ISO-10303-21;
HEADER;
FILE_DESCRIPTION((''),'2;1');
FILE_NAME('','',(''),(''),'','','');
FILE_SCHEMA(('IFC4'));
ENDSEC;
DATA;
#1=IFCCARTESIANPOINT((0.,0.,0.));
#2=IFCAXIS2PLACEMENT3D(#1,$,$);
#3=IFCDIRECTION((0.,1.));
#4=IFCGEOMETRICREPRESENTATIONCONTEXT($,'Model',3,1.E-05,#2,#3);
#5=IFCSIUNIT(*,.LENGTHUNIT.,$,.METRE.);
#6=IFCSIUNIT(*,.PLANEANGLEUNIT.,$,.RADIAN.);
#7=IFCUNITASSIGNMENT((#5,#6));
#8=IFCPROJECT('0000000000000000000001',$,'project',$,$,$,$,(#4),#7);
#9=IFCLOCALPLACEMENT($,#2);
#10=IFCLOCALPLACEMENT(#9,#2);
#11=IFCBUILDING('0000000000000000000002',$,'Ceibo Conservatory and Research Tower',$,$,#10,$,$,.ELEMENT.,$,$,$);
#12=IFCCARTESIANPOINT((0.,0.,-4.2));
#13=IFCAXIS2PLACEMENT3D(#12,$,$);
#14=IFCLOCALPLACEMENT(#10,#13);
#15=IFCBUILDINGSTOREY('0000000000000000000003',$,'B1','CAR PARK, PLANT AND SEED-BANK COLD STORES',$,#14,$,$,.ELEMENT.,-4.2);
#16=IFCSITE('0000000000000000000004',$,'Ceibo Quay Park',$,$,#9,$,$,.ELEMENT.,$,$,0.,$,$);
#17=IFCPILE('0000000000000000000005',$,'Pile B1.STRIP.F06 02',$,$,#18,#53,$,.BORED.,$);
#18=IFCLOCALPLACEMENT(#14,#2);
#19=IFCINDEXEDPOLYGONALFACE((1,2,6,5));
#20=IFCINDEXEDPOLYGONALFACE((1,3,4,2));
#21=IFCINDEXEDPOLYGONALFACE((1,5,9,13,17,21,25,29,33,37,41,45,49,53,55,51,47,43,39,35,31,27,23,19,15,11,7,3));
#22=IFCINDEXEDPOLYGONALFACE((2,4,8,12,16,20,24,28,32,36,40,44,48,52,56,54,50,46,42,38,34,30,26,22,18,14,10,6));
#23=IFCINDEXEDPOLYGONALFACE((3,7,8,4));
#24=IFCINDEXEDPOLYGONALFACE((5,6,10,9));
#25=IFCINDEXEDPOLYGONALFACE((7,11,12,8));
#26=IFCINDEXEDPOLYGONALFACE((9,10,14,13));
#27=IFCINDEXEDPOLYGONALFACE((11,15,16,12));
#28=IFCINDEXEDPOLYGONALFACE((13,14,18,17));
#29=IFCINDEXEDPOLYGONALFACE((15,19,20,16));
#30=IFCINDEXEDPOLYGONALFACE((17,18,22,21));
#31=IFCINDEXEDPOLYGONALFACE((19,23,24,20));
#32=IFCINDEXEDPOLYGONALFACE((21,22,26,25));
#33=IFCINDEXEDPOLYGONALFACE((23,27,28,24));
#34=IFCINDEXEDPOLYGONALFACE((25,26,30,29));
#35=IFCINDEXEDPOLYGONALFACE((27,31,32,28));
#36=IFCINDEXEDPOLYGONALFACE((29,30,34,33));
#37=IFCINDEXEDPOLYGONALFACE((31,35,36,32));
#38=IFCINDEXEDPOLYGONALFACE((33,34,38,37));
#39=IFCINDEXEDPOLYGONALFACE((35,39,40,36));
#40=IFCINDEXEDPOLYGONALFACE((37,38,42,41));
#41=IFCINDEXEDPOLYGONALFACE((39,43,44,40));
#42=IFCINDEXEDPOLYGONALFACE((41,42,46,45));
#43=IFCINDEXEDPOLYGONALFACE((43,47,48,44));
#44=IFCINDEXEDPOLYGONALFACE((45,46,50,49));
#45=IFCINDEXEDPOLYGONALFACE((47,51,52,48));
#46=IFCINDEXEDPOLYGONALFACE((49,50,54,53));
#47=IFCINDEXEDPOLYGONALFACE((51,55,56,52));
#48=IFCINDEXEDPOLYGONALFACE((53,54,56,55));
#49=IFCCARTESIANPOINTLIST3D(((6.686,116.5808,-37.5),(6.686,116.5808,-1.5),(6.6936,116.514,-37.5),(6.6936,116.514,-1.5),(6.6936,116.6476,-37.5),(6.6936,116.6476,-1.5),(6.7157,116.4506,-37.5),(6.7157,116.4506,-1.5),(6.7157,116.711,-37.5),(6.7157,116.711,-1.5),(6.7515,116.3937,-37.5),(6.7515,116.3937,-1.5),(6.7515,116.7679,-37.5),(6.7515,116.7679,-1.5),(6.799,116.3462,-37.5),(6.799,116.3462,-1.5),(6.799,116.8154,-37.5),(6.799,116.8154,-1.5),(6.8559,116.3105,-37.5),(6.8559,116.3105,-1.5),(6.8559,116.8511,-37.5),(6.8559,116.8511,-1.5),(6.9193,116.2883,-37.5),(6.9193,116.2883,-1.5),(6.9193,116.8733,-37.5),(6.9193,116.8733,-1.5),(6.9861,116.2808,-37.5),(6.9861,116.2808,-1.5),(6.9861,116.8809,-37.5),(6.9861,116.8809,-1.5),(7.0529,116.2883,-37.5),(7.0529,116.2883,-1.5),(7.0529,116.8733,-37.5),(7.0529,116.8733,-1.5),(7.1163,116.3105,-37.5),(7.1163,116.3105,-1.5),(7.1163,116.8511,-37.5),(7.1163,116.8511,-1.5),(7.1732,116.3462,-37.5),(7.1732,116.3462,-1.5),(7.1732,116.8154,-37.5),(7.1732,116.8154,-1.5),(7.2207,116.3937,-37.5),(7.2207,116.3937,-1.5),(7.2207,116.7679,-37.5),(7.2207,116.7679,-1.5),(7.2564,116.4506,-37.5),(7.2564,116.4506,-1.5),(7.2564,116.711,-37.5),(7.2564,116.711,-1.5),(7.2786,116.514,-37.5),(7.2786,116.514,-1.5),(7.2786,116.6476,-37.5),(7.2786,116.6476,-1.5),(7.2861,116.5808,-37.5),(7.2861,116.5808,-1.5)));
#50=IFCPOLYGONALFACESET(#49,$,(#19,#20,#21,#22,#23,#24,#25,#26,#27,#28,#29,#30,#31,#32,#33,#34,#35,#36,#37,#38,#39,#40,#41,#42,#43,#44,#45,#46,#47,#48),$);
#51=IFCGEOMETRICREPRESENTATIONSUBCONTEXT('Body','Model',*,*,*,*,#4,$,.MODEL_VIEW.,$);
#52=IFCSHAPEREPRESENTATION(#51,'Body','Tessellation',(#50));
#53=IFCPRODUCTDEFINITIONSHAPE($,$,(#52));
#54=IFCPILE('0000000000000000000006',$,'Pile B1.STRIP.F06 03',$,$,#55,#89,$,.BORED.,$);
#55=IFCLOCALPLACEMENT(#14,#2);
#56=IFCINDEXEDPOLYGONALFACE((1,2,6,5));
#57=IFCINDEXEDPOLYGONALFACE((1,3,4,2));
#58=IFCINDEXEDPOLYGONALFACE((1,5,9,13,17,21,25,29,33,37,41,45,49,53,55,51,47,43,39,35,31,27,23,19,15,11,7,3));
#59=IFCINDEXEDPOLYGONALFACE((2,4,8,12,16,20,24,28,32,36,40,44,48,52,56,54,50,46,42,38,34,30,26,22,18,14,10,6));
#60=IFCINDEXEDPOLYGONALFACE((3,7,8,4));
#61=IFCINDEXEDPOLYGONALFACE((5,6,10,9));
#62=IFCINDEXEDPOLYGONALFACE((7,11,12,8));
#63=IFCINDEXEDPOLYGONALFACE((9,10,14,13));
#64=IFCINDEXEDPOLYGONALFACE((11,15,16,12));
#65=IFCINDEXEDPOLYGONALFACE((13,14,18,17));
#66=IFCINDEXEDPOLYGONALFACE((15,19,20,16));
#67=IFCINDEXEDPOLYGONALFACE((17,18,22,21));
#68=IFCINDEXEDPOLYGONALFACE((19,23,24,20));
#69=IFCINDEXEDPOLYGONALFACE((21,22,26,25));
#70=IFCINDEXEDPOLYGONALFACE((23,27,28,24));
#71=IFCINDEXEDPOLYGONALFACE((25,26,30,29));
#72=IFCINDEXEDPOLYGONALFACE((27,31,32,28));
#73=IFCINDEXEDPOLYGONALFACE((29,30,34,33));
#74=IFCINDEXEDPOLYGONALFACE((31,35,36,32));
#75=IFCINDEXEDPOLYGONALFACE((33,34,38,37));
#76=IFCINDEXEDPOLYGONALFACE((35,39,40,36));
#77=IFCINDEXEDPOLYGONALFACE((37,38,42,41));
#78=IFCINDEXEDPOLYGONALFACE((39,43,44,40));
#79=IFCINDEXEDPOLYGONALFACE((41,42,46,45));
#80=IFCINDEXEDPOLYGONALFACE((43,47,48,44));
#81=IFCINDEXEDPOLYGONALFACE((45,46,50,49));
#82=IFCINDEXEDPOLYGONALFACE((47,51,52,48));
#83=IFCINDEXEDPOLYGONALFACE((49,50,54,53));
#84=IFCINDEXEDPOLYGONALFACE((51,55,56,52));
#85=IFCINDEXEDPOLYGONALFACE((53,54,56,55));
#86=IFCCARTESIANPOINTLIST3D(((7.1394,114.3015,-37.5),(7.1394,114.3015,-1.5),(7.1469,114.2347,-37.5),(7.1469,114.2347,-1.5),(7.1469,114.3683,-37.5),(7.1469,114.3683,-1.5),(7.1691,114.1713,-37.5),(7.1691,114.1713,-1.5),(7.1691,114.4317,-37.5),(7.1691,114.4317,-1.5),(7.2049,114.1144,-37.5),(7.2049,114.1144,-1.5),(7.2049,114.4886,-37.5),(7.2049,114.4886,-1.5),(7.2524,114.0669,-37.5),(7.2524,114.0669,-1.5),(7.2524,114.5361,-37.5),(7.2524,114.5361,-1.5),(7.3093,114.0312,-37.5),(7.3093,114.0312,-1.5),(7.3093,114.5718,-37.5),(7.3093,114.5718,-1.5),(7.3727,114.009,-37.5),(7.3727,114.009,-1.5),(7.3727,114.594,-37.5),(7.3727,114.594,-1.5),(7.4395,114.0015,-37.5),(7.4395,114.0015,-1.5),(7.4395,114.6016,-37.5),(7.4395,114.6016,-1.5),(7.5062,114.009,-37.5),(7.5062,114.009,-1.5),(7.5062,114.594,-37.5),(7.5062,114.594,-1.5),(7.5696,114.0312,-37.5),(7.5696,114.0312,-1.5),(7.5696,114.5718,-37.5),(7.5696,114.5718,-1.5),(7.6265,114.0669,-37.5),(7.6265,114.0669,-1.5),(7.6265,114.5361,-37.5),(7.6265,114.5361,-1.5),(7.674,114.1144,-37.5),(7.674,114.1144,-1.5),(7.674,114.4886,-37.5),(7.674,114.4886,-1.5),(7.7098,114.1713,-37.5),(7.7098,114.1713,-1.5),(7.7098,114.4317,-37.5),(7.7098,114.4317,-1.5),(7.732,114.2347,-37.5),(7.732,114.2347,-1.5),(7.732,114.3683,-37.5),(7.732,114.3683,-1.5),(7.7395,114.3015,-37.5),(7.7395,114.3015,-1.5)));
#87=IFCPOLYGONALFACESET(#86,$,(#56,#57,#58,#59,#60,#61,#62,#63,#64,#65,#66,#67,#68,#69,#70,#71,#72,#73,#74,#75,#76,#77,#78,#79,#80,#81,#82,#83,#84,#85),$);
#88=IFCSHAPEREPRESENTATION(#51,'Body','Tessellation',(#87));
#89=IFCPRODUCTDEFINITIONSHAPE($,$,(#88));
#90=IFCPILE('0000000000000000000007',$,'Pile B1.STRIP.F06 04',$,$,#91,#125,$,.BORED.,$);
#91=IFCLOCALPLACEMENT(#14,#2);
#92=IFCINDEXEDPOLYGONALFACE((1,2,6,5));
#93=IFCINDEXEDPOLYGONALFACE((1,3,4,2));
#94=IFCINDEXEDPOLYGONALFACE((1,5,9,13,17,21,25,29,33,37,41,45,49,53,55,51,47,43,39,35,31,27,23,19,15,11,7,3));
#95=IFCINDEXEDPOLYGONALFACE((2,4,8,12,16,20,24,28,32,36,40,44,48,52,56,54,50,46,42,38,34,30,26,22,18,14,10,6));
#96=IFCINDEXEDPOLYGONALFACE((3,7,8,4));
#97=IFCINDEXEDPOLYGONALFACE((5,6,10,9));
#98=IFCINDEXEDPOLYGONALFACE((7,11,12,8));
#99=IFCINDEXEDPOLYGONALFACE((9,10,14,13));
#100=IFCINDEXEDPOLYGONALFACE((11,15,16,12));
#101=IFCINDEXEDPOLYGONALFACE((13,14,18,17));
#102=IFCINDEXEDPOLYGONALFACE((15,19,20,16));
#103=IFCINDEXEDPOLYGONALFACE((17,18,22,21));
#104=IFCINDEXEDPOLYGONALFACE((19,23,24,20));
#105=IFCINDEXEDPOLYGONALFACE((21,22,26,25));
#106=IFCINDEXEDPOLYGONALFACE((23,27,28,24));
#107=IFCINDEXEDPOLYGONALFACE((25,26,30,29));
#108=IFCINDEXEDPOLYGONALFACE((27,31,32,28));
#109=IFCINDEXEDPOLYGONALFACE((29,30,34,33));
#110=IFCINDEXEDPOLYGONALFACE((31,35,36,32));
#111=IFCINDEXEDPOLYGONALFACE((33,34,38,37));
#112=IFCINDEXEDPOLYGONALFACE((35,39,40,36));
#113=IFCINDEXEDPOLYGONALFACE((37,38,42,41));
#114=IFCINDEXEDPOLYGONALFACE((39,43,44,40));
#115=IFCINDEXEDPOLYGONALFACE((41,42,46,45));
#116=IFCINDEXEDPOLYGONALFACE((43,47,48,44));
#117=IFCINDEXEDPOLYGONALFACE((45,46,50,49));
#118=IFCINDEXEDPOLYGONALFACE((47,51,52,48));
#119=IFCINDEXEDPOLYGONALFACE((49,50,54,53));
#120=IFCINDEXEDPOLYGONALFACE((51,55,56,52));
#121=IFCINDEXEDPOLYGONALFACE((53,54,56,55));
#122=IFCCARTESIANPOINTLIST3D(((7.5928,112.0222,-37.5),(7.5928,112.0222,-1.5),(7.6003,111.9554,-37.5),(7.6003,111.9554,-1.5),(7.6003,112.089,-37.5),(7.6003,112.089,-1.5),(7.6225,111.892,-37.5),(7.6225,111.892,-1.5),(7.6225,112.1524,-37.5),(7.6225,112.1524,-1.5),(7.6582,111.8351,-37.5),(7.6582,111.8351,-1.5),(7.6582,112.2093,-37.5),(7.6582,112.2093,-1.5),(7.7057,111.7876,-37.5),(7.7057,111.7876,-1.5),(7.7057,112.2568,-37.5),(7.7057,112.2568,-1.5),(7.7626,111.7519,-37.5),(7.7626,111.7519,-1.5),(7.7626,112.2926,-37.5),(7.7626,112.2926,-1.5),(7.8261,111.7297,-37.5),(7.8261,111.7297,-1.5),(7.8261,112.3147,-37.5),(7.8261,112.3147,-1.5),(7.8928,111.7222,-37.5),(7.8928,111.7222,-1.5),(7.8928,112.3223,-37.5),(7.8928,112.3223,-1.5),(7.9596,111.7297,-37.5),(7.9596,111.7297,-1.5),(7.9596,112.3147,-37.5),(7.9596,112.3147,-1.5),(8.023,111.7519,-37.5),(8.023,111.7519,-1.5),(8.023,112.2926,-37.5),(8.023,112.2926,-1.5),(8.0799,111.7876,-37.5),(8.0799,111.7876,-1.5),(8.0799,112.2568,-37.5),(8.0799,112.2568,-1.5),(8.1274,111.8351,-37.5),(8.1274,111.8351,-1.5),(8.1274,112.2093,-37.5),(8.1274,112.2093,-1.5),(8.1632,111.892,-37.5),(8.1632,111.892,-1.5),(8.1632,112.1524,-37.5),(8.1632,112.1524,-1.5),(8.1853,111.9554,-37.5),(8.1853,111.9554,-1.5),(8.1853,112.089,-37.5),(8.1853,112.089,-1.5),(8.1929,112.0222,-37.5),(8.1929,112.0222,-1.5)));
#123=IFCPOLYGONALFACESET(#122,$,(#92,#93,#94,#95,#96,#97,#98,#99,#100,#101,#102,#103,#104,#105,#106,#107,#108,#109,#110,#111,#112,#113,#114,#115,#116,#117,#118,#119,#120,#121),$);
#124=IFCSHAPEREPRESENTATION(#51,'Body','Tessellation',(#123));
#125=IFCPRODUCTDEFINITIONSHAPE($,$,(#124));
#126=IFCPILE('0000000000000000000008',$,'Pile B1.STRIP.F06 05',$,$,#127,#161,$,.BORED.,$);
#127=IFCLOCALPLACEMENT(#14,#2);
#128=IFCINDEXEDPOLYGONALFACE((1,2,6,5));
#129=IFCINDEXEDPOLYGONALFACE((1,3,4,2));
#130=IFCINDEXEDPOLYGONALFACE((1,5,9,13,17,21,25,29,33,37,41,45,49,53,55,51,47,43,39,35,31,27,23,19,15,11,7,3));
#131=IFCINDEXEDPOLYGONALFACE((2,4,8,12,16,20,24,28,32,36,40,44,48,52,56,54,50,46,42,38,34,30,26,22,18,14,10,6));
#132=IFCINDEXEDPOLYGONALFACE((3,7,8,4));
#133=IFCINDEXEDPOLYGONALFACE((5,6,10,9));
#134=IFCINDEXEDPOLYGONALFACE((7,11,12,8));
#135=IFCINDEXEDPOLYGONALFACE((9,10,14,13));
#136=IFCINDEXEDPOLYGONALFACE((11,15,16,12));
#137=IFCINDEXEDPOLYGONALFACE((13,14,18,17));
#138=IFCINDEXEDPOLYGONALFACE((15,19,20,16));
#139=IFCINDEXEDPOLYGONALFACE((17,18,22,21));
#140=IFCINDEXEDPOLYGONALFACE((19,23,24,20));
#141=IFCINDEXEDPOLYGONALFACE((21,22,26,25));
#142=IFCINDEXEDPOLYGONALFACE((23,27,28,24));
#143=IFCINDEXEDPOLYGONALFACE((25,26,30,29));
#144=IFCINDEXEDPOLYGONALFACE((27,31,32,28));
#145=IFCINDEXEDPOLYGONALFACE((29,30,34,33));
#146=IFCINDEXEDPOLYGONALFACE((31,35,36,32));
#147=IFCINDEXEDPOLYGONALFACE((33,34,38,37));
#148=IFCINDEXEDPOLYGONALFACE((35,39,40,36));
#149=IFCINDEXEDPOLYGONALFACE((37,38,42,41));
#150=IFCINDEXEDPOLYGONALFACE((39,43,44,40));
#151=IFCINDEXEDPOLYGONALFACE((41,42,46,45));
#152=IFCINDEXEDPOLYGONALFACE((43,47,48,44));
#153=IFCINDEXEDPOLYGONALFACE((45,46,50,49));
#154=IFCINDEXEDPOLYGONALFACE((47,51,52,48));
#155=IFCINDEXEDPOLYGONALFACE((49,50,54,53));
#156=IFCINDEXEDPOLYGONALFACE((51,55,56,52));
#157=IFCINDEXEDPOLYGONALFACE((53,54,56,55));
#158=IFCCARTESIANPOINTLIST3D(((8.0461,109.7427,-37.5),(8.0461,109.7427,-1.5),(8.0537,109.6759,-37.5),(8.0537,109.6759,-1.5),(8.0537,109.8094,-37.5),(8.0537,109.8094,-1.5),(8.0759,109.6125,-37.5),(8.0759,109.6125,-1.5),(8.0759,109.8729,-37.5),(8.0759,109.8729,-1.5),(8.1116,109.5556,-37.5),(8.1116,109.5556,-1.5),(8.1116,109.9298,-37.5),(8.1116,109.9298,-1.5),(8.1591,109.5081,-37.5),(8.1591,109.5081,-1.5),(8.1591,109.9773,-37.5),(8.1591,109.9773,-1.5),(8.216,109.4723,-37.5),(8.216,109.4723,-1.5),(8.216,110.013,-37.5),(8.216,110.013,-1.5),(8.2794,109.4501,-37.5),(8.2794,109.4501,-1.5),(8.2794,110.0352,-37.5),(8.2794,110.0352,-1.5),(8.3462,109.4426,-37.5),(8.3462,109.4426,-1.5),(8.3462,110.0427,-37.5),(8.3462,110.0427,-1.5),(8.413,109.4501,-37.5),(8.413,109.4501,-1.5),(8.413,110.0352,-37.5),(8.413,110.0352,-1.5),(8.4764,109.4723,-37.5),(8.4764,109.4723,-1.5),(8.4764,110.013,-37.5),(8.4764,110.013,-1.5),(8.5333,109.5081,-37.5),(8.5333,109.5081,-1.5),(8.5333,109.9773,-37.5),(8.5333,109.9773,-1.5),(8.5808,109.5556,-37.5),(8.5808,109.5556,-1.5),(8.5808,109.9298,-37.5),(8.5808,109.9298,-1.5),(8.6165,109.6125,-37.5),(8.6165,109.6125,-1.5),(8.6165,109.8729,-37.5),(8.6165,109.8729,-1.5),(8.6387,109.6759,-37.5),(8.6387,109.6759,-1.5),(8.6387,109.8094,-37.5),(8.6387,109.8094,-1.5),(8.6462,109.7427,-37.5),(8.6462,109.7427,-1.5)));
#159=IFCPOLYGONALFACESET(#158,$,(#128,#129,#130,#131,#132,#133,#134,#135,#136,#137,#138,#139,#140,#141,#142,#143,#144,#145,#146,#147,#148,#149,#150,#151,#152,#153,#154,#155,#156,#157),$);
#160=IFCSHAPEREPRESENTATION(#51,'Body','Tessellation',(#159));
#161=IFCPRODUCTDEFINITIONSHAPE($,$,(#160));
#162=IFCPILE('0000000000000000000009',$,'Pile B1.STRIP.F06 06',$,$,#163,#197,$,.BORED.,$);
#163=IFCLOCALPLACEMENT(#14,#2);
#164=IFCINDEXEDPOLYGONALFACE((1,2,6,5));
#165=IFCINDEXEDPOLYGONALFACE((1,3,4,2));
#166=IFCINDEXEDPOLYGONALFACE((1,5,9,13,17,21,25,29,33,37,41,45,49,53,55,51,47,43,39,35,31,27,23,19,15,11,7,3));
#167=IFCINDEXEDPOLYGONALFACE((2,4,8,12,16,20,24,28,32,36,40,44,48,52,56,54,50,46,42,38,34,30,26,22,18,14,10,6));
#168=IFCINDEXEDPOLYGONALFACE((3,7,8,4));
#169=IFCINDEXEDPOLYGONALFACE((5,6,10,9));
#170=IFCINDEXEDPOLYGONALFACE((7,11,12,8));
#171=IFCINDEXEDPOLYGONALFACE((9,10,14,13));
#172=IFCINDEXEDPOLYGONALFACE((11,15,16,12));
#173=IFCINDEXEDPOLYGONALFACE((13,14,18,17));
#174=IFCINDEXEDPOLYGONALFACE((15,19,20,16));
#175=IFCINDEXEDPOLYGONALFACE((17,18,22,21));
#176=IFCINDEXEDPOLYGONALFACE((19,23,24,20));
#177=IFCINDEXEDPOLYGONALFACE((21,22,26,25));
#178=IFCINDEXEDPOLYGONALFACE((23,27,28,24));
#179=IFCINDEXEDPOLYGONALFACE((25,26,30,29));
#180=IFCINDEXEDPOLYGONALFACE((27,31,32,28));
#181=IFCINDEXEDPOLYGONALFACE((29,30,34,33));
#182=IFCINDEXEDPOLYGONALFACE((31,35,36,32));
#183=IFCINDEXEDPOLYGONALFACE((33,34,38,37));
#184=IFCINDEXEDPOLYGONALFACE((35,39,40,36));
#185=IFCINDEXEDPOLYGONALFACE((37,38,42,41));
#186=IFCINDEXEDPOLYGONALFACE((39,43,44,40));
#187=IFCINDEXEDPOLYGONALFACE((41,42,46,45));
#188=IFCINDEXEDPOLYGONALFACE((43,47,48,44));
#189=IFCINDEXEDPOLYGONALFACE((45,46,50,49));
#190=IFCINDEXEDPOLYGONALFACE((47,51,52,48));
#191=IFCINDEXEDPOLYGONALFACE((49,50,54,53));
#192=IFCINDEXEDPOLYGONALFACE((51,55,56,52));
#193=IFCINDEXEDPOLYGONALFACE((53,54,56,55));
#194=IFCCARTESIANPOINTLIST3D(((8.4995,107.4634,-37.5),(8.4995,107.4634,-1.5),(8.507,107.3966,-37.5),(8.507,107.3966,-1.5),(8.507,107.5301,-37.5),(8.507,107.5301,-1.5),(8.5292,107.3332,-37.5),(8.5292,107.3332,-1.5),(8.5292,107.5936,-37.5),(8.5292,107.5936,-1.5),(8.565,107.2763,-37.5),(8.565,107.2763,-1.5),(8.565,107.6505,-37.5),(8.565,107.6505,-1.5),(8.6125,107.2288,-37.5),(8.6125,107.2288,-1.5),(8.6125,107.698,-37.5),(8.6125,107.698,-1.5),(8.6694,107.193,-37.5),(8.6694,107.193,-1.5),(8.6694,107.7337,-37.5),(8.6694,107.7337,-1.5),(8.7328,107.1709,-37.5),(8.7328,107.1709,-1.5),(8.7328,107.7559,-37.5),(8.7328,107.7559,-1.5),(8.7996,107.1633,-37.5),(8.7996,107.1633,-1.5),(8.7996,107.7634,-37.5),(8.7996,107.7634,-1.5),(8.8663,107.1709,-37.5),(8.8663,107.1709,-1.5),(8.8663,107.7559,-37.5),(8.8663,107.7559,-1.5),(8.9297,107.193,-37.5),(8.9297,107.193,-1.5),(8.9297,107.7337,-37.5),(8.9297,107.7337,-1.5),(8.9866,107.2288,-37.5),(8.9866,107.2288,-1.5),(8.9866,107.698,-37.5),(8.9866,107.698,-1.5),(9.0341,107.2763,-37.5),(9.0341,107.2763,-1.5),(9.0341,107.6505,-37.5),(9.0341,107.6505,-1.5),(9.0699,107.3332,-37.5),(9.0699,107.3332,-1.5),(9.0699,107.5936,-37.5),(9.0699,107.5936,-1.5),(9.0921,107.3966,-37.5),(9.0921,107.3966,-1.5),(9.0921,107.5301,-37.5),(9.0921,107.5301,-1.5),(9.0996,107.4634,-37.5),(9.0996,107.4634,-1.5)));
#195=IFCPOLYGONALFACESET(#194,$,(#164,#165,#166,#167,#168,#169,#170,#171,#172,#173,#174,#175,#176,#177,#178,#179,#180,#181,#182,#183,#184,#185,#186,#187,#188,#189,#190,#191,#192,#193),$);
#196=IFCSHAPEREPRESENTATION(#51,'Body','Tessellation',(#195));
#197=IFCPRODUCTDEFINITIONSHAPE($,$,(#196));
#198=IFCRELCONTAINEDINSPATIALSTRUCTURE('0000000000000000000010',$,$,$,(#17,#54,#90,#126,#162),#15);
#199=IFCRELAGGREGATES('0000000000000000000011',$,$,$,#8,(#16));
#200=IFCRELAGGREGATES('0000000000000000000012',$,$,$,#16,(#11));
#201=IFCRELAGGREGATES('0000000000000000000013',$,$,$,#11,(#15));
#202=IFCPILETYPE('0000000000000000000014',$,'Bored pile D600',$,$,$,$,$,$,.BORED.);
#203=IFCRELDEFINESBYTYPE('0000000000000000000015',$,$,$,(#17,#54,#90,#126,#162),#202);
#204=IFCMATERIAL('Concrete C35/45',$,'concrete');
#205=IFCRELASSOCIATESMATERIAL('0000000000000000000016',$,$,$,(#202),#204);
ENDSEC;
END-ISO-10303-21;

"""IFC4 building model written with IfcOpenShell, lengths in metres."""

from ifc_helpers import new_model, si_unit, direction, frame, origin, origin_2d, place, context, subcontext, project, spatial, circle, extrude, material, material_profile, profile_set, type_object, element, save


model = new_model("IFC4")

# Units and contexts
model_context = context("Model", 3, precision=1e-05, world=origin(), true_north=direction((0.0, 1.0)))
body_context = subcontext(model_context, "Body", "Model", "MODEL_VIEW")
ifc_project = project(units=[si_unit("LENGTHUNIT", "METRE"), si_unit("PLANEANGLEUNIT", "RADIAN")], contexts=[model_context])

# Site, building, storey
site_placement = place(None, origin())
site = spatial("IfcSite", under=ifc_project, at=site_placement, Name="Ceibo Quay Park", CompositionType="ELEMENT", RefElevation=0.0)
building_placement = place(site_placement, origin())
building = spatial("IfcBuilding", under=site, at=building_placement, Name="Ceibo Conservatory and Research Tower", CompositionType="ELEMENT")
storey_placement = place(building_placement, frame((0.0, 0.0, -4.2)))
storey = spatial("IfcBuildingStorey", under=building, at=storey_placement, Name="B1", Description="CAR PARK, PLANT AND SEED-BANK COLD STORES", CompositionType="ELEMENT", Elevation=-4.2)

# Piles
ifc_material_1 = material(Name="Concrete C35/45", Category="concrete")
ifc_material_profile_1 = material_profile(ifc_material_1, circle(Radius=0.3, at=origin_2d()), Name="RC D600")
ifc_profile_set_1 = profile_set([ifc_material_profile_1], Name="Concrete C35/45")
pile_type_1 = type_object("IfcPileType", Name="Bored pile D600", PredefinedType="BORED", material=ifc_profile_set_1)
for number, where, z_axis, x_axis, name in (
    (1, (6.9861, 116.5808, -1.5), (0.0, 0.0, -1.0), (1.0, 0.0, 0.0), "Pile B1.STRIP.F06 02"),
    (2, (7.4395, 114.3015, -1.5), (0.0, 0.0, -1.0), (1.0, 0.0, 0.0), "Pile B1.STRIP.F06 03"),
    (3, (7.8928, 112.0222, -1.5), (0.0, 0.0, -1.0), (1.0, 0.0, 0.0), "Pile B1.STRIP.F06 04"),
    (4, (8.3462, 109.7427, -1.5), (0.0, 0.0, -1.0), (1.0, 0.0, 0.0), "Pile B1.STRIP.F06 05"),
    (5, (8.7996, 107.4634, -1.5), (0.0, 0.0, -1.0), (1.0, 0.0, 0.0), "Pile B1.STRIP.F06 06"),
):
    element("IfcPile", number, at=place(storey_placement, frame(where, z_axis=z_axis, x_axis=x_axis)), inside=storey, type_object=pile_type_1, Name=name, PredefinedType="BORED", context=body_context, shape_type="SweptSolid", body=[
        extrude(circle(Radius=0.3, at=origin_2d()), origin(), (0.0, 0.0, 1.0), 36.0),
    ])

save(model, "model.ifc")
